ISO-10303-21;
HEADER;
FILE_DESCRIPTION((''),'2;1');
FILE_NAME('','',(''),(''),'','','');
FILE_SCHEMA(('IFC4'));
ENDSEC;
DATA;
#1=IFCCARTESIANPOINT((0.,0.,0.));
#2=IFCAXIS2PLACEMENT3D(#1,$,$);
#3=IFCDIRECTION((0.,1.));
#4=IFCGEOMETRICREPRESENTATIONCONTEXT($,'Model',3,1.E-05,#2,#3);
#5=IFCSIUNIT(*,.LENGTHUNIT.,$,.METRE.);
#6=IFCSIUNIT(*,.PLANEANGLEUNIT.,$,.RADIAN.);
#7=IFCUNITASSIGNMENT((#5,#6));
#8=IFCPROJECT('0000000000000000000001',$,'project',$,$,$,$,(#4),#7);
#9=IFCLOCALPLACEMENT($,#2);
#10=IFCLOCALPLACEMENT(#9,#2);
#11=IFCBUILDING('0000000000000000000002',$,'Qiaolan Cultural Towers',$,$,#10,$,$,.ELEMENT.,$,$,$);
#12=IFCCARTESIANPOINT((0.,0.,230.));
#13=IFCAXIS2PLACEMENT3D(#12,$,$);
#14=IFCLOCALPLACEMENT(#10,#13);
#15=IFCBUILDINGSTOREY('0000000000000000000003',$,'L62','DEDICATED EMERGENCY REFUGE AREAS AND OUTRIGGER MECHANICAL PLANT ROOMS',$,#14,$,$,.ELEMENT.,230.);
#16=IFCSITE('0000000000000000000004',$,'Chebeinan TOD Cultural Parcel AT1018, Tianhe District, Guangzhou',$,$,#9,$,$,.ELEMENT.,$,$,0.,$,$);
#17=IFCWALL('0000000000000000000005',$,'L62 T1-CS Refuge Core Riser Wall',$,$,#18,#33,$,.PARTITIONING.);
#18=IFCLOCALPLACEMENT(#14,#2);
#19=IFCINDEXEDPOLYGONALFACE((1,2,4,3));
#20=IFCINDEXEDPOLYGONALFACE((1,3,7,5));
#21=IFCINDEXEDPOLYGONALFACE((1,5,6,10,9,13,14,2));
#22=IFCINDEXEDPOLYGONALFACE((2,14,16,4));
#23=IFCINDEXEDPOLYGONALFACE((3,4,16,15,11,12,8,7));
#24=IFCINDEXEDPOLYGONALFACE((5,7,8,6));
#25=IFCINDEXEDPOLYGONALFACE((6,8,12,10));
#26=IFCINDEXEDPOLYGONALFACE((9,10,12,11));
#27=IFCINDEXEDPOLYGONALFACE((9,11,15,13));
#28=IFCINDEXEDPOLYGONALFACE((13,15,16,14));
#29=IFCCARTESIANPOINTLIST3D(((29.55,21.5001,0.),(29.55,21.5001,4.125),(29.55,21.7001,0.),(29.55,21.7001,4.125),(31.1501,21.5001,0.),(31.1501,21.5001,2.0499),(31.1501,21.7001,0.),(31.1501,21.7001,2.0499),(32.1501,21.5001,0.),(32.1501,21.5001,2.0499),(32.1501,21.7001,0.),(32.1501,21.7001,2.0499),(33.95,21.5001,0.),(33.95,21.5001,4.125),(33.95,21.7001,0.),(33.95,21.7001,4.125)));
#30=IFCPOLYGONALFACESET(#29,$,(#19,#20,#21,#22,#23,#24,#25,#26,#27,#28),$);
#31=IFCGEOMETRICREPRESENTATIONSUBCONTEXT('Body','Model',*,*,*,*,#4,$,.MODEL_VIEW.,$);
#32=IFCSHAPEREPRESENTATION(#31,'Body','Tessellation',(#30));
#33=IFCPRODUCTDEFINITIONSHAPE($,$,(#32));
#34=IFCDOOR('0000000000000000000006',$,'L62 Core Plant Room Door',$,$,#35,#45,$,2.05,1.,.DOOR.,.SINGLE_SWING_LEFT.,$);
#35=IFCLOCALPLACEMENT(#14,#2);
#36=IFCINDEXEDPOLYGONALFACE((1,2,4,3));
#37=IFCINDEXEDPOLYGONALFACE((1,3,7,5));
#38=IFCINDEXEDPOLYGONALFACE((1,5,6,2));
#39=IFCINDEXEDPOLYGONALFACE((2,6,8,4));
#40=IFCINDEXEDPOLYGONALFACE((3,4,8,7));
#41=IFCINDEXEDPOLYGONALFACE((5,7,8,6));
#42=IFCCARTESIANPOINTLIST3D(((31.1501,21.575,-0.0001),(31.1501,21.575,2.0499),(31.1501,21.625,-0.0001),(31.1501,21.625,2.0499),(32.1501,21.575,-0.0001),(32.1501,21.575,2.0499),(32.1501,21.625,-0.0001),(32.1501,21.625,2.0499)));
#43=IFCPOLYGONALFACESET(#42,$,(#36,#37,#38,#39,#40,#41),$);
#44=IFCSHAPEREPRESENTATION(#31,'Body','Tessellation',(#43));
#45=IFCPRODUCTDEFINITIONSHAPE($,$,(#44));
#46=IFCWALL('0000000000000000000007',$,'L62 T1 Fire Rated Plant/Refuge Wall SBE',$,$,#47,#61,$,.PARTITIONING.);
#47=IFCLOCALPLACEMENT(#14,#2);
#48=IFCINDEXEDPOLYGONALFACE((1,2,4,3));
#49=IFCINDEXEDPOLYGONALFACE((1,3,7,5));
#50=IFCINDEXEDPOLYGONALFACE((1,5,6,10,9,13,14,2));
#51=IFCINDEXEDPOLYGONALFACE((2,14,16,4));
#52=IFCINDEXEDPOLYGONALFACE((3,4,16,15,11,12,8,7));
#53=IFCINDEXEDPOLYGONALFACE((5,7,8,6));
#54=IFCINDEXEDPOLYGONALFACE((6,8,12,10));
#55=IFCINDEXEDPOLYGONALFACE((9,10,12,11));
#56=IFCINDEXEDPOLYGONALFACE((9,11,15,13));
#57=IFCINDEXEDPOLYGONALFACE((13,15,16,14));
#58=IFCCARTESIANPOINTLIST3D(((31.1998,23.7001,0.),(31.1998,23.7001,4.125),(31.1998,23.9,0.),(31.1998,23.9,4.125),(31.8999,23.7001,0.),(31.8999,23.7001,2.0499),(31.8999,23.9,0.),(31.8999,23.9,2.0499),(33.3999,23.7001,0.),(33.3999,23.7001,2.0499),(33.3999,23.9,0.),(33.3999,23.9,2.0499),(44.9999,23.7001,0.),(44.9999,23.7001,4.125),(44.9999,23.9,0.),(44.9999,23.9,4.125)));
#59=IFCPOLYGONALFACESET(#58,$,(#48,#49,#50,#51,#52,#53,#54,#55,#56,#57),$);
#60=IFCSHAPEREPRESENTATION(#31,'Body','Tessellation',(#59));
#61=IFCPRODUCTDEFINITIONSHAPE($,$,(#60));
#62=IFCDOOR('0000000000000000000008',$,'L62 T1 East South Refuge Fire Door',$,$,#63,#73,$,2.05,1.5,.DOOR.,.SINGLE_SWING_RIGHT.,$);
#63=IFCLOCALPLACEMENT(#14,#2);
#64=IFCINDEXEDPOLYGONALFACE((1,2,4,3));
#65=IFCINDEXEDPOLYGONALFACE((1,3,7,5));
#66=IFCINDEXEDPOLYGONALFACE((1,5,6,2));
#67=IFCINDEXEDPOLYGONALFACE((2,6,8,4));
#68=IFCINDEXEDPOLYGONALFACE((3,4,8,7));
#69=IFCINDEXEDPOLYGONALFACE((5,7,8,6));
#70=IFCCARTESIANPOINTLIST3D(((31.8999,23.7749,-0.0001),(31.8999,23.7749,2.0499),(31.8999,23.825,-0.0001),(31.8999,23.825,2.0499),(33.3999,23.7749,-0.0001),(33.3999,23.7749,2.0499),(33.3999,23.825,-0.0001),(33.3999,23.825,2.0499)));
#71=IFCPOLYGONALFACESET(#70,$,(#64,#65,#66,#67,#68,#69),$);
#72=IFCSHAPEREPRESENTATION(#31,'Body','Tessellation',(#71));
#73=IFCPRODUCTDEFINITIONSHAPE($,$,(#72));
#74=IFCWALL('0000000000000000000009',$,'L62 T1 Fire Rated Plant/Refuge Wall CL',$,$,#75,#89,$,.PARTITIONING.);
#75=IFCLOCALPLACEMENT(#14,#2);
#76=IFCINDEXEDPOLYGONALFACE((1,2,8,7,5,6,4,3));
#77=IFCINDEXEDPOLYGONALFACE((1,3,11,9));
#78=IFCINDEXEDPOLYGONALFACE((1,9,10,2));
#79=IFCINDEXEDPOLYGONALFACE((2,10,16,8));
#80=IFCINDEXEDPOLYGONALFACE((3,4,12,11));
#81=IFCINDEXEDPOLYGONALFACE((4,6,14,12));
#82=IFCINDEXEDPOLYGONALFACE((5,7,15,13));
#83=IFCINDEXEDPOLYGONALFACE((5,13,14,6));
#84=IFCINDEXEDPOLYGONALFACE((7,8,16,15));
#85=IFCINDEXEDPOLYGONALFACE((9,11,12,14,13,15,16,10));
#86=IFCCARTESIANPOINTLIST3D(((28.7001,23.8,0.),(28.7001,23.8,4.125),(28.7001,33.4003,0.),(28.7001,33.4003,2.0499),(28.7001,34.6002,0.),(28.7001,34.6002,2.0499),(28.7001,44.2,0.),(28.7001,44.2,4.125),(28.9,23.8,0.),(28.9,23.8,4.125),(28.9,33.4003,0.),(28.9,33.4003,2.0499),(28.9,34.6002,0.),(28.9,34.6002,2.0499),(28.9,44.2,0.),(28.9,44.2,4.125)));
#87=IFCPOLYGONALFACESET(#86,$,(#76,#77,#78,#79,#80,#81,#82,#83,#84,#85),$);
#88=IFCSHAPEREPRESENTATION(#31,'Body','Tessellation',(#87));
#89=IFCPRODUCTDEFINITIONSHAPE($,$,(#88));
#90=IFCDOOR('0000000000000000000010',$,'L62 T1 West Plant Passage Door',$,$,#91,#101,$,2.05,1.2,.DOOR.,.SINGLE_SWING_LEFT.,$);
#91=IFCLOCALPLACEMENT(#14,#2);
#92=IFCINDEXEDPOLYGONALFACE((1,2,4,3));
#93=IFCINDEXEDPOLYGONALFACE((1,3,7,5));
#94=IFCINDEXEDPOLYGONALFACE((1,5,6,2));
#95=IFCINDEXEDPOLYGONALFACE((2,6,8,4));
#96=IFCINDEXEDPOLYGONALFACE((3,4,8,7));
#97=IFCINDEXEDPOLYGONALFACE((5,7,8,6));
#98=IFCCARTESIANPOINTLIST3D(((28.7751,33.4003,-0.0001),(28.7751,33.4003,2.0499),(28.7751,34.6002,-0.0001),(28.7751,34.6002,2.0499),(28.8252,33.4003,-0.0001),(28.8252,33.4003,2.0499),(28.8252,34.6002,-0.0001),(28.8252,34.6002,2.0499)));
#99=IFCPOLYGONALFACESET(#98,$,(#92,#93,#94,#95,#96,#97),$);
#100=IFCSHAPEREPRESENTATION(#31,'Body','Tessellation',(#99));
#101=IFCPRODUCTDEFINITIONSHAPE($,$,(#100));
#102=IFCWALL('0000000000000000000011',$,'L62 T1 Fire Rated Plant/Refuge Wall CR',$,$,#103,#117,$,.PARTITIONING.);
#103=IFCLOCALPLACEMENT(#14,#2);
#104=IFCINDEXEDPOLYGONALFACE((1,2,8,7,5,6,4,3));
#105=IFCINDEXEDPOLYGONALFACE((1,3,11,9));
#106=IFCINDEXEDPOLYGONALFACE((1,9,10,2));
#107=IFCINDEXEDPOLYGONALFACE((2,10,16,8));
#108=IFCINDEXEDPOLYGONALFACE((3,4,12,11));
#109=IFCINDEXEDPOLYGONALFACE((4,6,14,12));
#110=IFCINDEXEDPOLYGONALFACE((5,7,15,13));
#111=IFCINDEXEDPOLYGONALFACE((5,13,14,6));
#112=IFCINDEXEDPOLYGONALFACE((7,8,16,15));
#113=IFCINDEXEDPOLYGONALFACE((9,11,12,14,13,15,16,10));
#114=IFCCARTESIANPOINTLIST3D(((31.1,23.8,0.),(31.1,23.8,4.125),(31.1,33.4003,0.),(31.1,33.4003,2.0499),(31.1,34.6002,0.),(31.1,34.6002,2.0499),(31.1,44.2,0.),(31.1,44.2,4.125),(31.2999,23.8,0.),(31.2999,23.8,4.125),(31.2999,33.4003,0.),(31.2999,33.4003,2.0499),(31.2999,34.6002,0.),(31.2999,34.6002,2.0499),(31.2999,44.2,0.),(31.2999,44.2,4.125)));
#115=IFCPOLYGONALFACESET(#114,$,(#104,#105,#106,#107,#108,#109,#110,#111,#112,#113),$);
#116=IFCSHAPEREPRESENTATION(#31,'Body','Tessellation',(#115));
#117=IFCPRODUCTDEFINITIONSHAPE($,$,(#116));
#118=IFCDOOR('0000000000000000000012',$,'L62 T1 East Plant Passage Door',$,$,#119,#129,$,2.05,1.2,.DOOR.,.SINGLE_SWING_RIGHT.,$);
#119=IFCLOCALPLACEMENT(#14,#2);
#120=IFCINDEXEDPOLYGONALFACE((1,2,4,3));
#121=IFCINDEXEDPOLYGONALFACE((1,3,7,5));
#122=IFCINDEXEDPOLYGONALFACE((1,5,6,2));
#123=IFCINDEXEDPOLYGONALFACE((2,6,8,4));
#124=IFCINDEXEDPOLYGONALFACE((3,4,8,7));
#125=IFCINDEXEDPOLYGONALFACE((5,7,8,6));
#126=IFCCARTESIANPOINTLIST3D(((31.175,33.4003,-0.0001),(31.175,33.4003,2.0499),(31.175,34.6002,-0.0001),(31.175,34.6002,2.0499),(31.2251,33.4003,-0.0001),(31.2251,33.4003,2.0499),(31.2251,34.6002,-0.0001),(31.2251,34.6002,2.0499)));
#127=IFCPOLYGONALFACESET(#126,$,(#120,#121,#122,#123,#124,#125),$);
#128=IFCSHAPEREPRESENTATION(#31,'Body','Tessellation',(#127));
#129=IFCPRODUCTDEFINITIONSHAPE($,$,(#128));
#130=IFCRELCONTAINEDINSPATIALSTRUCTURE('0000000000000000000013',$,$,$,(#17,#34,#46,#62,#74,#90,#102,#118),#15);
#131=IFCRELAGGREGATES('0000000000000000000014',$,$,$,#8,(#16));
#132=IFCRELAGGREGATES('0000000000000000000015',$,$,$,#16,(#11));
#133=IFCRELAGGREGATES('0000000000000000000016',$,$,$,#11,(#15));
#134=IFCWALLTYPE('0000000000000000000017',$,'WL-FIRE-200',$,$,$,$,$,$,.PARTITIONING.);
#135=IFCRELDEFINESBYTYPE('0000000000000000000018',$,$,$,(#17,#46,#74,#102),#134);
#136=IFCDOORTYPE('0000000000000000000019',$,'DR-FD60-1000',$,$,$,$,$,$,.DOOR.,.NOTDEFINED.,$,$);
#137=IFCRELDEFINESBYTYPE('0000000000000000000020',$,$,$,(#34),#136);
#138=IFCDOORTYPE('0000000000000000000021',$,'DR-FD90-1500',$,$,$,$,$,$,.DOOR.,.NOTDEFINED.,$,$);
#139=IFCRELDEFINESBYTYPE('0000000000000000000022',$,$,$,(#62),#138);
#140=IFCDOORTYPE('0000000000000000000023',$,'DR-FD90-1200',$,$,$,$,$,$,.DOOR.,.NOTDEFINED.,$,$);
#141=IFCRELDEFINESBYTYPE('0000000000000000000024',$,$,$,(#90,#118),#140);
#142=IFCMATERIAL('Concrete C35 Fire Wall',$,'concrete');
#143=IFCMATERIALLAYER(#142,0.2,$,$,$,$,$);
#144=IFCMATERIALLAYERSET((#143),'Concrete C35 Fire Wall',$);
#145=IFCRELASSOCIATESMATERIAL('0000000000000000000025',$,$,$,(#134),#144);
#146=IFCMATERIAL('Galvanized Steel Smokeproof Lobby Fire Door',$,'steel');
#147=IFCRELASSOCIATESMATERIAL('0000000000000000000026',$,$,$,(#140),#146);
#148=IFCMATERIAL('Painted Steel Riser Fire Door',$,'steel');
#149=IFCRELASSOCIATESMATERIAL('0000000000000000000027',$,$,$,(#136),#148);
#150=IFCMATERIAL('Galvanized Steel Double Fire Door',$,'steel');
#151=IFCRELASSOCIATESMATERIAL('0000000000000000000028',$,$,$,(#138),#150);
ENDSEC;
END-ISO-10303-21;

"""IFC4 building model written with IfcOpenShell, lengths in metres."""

from ifc_helpers import new_model, si_unit, direction, frame, frame_2d, origin, place, context, subcontext, project, spatial, rectangle, extrude, material, layer, layer_set, type_object, element, fill, save


model = new_model("IFC4")

# Units and contexts
model_context = context("Model", 3, precision=1e-05, world=origin(), true_north=direction((0.0, 1.0)))
body_context = subcontext(model_context, "Body", "Model", "MODEL_VIEW")
ifc_project = project(units=[si_unit("LENGTHUNIT", "METRE"), si_unit("PLANEANGLEUNIT", "RADIAN")], contexts=[model_context])

# Site, building, storey
site_placement = place(None, origin())
site = spatial("IfcSite", under=ifc_project, at=site_placement, Name="Chebeinan TOD Cultural Parcel AT1018, Tianhe District, Guangzhou", CompositionType="ELEMENT", RefElevation=0.0)
building_placement = place(site_placement, origin())
building = spatial("IfcBuilding", under=site, at=building_placement, Name="Qiaolan Cultural Towers", CompositionType="ELEMENT")
storey_placement = place(building_placement, frame((0.0, 0.0, 230.0)))
storey = spatial("IfcBuildingStorey", under=building, at=storey_placement, Name="L62", Description="DEDICATED EMERGENCY REFUGE AREAS AND OUTRIGGER MECHANICAL PLANT ROOMS", CompositionType="ELEMENT", Elevation=230.0)

# Shared definitions
ifc_material_1 = material(Name="Concrete C35 Fire Wall", Category="concrete")
ifc_layer_1 = layer(ifc_material_1, 0.2)
ifc_layer_set_1 = layer_set([ifc_layer_1], Name="Concrete C35 Fire Wall")
wall_type_1 = type_object("IfcWallType", Name="WL-FIRE-200", PredefinedType="PARTITIONING", material=ifc_layer_set_1)

# Walls, openings, doors
ifc_material_2 = material(Name="Galvanized Steel Smokeproof Lobby Fire Door", Category="steel")
door_type_1 = type_object("IfcDoorType", Name="DR-FD90-1200", OperationType="NOTDEFINED", PredefinedType="DOOR", material=ifc_material_2)
wall_1_placement = place(storey_placement, frame((29.55, 21.6001, 0.0), z_axis=(0.0, 0.0, 1.0), x_axis=(1.0, 0.0, 0.0)))
wall_1 = element("IfcWall", 1, at=wall_1_placement, inside=storey, type_object=wall_type_1, Name="L62 T1-CS Refuge Core Riser Wall", PredefinedType="PARTITIONING", context=body_context, shape_type="SweptSolid", body=[
    extrude(rectangle(XDim=4.3999, YDim=0.2, at=frame_2d((2.2, 0.0))), origin(), (0.0, 0.0, 1.0), 4.125),
])
opening_1_placement = place(wall_1_placement, frame((1.6001, 0.0, 0.0)))
opening_1 = element("IfcOpeningElement", 2, at=opening_1_placement, cuts=wall_1, PredefinedType="OPENING", context=body_context, shape_type="SweptSolid", body=[
    extrude(rectangle(XDim=1.0, YDim=2.05, at=frame_2d((0.5, 1.0249))), frame((0.0, 0.1099, 0.0), z_axis=(0.0, -1.0, 0.0), x_axis=(1.0, 0.0, 0.0)), (0.0, 0.0, 1.0), 0.22),
])
ifc_material_3 = material(Name="Painted Steel Riser Fire Door", Category="steel")
door_type_2 = type_object("IfcDoorType", Name="DR-FD60-1000", OperationType="NOTDEFINED", PredefinedType="DOOR", material=ifc_material_3)
door_1_placement = place(opening_1_placement, origin())
door_1 = element("IfcDoor", 3, at=door_1_placement, inside=storey, type_object=door_type_2, Name="L62 Core Plant Room Door", OperationType="SINGLE_SWING_LEFT", OverallHeight=2.05, OverallWidth=1.0, PredefinedType="DOOR", context=body_context, shape_type="SweptSolid", body=[
    extrude(rectangle(XDim=1.0, YDim=2.05, at=frame_2d((0.5, 1.0249))), frame((0.0, 0.0249, 0.0), z_axis=(0.0, -1.0, 0.0), x_axis=(1.0, 0.0, 0.0)), (0.0, 0.0, 1.0), 0.05),
])
fill(opening_1, door_1)
wall_2_placement = place(storey_placement, frame((31.2, 23.8, 0.0), z_axis=(0.0, 0.0, 1.0), x_axis=(1.0, 0.0, 0.0)))
wall_2 = element("IfcWall", 4, at=wall_2_placement, inside=storey, type_object=wall_type_1, Name="L62 T1 Fire Rated Plant/Refuge Wall SBE", PredefinedType="PARTITIONING", context=body_context, shape_type="SweptSolid", body=[
    extrude(rectangle(XDim=13.8, YDim=0.2, at=frame_2d((6.8999, 0.0))), origin(), (0.0, 0.0, 1.0), 4.125),
])
opening_2_placement = place(wall_2_placement, frame((0.7, 0.0, 0.0)))
opening_2 = element("IfcOpeningElement", 5, at=opening_2_placement, cuts=wall_2, PredefinedType="OPENING", context=body_context, shape_type="SweptSolid", body=[
    extrude(rectangle(XDim=1.5, YDim=2.05, at=frame_2d((0.75, 1.0249))), frame((0.0, 0.1099, 0.0), z_axis=(0.0, -1.0, 0.0), x_axis=(1.0, 0.0, 0.0)), (0.0, 0.0, 1.0), 0.22),
])
ifc_material_4 = material(Name="Galvanized Steel Double Fire Door", Category="steel")
door_type_3 = type_object("IfcDoorType", Name="DR-FD90-1500", OperationType="NOTDEFINED", PredefinedType="DOOR", material=ifc_material_4)
door_2_placement = place(opening_2_placement, origin())
door_2 = element("IfcDoor", 6, at=door_2_placement, inside=storey, type_object=door_type_3, Name="L62 T1 East South Refuge Fire Door", OperationType="SINGLE_SWING_RIGHT", OverallHeight=2.05, OverallWidth=1.5, PredefinedType="DOOR", context=body_context, shape_type="SweptSolid", body=[
    extrude(rectangle(XDim=1.5, YDim=2.05, at=frame_2d((0.75, 1.0249))), frame((0.0, 0.0249, 0.0), z_axis=(0.0, -1.0, 0.0), x_axis=(1.0, 0.0, 0.0)), (0.0, 0.0, 1.0), 0.05),
])
fill(opening_2, door_2)
wall_3_placement = place(storey_placement, frame((28.8, 23.8, 0.0), z_axis=(0.0, 0.0, 1.0), x_axis=(0.0, 1.0, 0.0)))
wall_3 = element("IfcWall", 7, at=wall_3_placement, inside=storey, type_object=wall_type_1, Name="L62 T1 Fire Rated Plant/Refuge Wall CL", PredefinedType="PARTITIONING", context=body_context, shape_type="SweptSolid", body=[
    extrude(rectangle(XDim=20.3999, YDim=0.2, at=frame_2d((10.2, 0.0))), origin(), (0.0, 0.0, 1.0), 4.125),
])
opening_3_placement = place(wall_3_placement, frame((9.6001, 0.0, 0.0)))
opening_3 = element("IfcOpeningElement", 8, at=opening_3_placement, cuts=wall_3, PredefinedType="OPENING", context=body_context, shape_type="SweptSolid", body=[
    extrude(rectangle(XDim=1.2, YDim=2.05, at=frame_2d((0.6001, 1.0249))), frame((0.0, 0.1099, 0.0), z_axis=(0.0, -1.0, 0.0), x_axis=(1.0, 0.0, 0.0)), (0.0, 0.0, 1.0), 0.22),
])
door_3_placement = place(opening_3_placement, origin())
door_3 = element("IfcDoor", 9, at=door_3_placement, inside=storey, type_object=door_type_1, Name="L62 T1 West Plant Passage Door", OperationType="SINGLE_SWING_LEFT", OverallHeight=2.05, OverallWidth=1.2, PredefinedType="DOOR", context=body_context, shape_type="SweptSolid", body=[
    extrude(rectangle(XDim=1.2, YDim=2.05, at=frame_2d((0.6001, 1.0249))), frame((0.0, 0.0249, 0.0), z_axis=(0.0, -1.0, 0.0), x_axis=(1.0, 0.0, 0.0)), (0.0, 0.0, 1.0), 0.05),
])
fill(opening_3, door_3)
wall_4_placement = place(storey_placement, frame((31.2, 23.8, 0.0), z_axis=(0.0, 0.0, 1.0), x_axis=(0.0, 1.0, 0.0)))
wall_4 = element("IfcWall", 10, at=wall_4_placement, inside=storey, type_object=wall_type_1, Name="L62 T1 Fire Rated Plant/Refuge Wall CR", PredefinedType="PARTITIONING", context=body_context, shape_type="SweptSolid", body=[
    extrude(rectangle(XDim=20.3999, YDim=0.2, at=frame_2d((10.2, 0.0))), origin(), (0.0, 0.0, 1.0), 4.125),
])
opening_4_placement = place(wall_4_placement, frame((9.6001, 0.0, 0.0)))
opening_4 = element("IfcOpeningElement", 11, at=opening_4_placement, cuts=wall_4, PredefinedType="OPENING", context=body_context, shape_type="SweptSolid", body=[
    extrude(rectangle(XDim=1.2, YDim=2.05, at=frame_2d((0.6001, 1.0249))), frame((0.0, 0.1099, 0.0), z_axis=(0.0, -1.0, 0.0), x_axis=(1.0, 0.0, 0.0)), (0.0, 0.0, 1.0), 0.22),
])
door_4_placement = place(opening_4_placement, origin())
door_4 = element("IfcDoor", 12, at=door_4_placement, inside=storey, type_object=door_type_1, Name="L62 T1 East Plant Passage Door", OperationType="SINGLE_SWING_RIGHT", OverallHeight=2.05, OverallWidth=1.2, PredefinedType="DOOR", context=body_context, shape_type="SweptSolid", body=[
    extrude(rectangle(XDim=1.2, YDim=2.05, at=frame_2d((0.6001, 1.0249))), frame((0.0, 0.0249, 0.0), z_axis=(0.0, -1.0, 0.0), x_axis=(1.0, 0.0, 0.0)), (0.0, 0.0, 1.0), 0.05),
])
fill(opening_4, door_4)

save(model, "model.ifc")
